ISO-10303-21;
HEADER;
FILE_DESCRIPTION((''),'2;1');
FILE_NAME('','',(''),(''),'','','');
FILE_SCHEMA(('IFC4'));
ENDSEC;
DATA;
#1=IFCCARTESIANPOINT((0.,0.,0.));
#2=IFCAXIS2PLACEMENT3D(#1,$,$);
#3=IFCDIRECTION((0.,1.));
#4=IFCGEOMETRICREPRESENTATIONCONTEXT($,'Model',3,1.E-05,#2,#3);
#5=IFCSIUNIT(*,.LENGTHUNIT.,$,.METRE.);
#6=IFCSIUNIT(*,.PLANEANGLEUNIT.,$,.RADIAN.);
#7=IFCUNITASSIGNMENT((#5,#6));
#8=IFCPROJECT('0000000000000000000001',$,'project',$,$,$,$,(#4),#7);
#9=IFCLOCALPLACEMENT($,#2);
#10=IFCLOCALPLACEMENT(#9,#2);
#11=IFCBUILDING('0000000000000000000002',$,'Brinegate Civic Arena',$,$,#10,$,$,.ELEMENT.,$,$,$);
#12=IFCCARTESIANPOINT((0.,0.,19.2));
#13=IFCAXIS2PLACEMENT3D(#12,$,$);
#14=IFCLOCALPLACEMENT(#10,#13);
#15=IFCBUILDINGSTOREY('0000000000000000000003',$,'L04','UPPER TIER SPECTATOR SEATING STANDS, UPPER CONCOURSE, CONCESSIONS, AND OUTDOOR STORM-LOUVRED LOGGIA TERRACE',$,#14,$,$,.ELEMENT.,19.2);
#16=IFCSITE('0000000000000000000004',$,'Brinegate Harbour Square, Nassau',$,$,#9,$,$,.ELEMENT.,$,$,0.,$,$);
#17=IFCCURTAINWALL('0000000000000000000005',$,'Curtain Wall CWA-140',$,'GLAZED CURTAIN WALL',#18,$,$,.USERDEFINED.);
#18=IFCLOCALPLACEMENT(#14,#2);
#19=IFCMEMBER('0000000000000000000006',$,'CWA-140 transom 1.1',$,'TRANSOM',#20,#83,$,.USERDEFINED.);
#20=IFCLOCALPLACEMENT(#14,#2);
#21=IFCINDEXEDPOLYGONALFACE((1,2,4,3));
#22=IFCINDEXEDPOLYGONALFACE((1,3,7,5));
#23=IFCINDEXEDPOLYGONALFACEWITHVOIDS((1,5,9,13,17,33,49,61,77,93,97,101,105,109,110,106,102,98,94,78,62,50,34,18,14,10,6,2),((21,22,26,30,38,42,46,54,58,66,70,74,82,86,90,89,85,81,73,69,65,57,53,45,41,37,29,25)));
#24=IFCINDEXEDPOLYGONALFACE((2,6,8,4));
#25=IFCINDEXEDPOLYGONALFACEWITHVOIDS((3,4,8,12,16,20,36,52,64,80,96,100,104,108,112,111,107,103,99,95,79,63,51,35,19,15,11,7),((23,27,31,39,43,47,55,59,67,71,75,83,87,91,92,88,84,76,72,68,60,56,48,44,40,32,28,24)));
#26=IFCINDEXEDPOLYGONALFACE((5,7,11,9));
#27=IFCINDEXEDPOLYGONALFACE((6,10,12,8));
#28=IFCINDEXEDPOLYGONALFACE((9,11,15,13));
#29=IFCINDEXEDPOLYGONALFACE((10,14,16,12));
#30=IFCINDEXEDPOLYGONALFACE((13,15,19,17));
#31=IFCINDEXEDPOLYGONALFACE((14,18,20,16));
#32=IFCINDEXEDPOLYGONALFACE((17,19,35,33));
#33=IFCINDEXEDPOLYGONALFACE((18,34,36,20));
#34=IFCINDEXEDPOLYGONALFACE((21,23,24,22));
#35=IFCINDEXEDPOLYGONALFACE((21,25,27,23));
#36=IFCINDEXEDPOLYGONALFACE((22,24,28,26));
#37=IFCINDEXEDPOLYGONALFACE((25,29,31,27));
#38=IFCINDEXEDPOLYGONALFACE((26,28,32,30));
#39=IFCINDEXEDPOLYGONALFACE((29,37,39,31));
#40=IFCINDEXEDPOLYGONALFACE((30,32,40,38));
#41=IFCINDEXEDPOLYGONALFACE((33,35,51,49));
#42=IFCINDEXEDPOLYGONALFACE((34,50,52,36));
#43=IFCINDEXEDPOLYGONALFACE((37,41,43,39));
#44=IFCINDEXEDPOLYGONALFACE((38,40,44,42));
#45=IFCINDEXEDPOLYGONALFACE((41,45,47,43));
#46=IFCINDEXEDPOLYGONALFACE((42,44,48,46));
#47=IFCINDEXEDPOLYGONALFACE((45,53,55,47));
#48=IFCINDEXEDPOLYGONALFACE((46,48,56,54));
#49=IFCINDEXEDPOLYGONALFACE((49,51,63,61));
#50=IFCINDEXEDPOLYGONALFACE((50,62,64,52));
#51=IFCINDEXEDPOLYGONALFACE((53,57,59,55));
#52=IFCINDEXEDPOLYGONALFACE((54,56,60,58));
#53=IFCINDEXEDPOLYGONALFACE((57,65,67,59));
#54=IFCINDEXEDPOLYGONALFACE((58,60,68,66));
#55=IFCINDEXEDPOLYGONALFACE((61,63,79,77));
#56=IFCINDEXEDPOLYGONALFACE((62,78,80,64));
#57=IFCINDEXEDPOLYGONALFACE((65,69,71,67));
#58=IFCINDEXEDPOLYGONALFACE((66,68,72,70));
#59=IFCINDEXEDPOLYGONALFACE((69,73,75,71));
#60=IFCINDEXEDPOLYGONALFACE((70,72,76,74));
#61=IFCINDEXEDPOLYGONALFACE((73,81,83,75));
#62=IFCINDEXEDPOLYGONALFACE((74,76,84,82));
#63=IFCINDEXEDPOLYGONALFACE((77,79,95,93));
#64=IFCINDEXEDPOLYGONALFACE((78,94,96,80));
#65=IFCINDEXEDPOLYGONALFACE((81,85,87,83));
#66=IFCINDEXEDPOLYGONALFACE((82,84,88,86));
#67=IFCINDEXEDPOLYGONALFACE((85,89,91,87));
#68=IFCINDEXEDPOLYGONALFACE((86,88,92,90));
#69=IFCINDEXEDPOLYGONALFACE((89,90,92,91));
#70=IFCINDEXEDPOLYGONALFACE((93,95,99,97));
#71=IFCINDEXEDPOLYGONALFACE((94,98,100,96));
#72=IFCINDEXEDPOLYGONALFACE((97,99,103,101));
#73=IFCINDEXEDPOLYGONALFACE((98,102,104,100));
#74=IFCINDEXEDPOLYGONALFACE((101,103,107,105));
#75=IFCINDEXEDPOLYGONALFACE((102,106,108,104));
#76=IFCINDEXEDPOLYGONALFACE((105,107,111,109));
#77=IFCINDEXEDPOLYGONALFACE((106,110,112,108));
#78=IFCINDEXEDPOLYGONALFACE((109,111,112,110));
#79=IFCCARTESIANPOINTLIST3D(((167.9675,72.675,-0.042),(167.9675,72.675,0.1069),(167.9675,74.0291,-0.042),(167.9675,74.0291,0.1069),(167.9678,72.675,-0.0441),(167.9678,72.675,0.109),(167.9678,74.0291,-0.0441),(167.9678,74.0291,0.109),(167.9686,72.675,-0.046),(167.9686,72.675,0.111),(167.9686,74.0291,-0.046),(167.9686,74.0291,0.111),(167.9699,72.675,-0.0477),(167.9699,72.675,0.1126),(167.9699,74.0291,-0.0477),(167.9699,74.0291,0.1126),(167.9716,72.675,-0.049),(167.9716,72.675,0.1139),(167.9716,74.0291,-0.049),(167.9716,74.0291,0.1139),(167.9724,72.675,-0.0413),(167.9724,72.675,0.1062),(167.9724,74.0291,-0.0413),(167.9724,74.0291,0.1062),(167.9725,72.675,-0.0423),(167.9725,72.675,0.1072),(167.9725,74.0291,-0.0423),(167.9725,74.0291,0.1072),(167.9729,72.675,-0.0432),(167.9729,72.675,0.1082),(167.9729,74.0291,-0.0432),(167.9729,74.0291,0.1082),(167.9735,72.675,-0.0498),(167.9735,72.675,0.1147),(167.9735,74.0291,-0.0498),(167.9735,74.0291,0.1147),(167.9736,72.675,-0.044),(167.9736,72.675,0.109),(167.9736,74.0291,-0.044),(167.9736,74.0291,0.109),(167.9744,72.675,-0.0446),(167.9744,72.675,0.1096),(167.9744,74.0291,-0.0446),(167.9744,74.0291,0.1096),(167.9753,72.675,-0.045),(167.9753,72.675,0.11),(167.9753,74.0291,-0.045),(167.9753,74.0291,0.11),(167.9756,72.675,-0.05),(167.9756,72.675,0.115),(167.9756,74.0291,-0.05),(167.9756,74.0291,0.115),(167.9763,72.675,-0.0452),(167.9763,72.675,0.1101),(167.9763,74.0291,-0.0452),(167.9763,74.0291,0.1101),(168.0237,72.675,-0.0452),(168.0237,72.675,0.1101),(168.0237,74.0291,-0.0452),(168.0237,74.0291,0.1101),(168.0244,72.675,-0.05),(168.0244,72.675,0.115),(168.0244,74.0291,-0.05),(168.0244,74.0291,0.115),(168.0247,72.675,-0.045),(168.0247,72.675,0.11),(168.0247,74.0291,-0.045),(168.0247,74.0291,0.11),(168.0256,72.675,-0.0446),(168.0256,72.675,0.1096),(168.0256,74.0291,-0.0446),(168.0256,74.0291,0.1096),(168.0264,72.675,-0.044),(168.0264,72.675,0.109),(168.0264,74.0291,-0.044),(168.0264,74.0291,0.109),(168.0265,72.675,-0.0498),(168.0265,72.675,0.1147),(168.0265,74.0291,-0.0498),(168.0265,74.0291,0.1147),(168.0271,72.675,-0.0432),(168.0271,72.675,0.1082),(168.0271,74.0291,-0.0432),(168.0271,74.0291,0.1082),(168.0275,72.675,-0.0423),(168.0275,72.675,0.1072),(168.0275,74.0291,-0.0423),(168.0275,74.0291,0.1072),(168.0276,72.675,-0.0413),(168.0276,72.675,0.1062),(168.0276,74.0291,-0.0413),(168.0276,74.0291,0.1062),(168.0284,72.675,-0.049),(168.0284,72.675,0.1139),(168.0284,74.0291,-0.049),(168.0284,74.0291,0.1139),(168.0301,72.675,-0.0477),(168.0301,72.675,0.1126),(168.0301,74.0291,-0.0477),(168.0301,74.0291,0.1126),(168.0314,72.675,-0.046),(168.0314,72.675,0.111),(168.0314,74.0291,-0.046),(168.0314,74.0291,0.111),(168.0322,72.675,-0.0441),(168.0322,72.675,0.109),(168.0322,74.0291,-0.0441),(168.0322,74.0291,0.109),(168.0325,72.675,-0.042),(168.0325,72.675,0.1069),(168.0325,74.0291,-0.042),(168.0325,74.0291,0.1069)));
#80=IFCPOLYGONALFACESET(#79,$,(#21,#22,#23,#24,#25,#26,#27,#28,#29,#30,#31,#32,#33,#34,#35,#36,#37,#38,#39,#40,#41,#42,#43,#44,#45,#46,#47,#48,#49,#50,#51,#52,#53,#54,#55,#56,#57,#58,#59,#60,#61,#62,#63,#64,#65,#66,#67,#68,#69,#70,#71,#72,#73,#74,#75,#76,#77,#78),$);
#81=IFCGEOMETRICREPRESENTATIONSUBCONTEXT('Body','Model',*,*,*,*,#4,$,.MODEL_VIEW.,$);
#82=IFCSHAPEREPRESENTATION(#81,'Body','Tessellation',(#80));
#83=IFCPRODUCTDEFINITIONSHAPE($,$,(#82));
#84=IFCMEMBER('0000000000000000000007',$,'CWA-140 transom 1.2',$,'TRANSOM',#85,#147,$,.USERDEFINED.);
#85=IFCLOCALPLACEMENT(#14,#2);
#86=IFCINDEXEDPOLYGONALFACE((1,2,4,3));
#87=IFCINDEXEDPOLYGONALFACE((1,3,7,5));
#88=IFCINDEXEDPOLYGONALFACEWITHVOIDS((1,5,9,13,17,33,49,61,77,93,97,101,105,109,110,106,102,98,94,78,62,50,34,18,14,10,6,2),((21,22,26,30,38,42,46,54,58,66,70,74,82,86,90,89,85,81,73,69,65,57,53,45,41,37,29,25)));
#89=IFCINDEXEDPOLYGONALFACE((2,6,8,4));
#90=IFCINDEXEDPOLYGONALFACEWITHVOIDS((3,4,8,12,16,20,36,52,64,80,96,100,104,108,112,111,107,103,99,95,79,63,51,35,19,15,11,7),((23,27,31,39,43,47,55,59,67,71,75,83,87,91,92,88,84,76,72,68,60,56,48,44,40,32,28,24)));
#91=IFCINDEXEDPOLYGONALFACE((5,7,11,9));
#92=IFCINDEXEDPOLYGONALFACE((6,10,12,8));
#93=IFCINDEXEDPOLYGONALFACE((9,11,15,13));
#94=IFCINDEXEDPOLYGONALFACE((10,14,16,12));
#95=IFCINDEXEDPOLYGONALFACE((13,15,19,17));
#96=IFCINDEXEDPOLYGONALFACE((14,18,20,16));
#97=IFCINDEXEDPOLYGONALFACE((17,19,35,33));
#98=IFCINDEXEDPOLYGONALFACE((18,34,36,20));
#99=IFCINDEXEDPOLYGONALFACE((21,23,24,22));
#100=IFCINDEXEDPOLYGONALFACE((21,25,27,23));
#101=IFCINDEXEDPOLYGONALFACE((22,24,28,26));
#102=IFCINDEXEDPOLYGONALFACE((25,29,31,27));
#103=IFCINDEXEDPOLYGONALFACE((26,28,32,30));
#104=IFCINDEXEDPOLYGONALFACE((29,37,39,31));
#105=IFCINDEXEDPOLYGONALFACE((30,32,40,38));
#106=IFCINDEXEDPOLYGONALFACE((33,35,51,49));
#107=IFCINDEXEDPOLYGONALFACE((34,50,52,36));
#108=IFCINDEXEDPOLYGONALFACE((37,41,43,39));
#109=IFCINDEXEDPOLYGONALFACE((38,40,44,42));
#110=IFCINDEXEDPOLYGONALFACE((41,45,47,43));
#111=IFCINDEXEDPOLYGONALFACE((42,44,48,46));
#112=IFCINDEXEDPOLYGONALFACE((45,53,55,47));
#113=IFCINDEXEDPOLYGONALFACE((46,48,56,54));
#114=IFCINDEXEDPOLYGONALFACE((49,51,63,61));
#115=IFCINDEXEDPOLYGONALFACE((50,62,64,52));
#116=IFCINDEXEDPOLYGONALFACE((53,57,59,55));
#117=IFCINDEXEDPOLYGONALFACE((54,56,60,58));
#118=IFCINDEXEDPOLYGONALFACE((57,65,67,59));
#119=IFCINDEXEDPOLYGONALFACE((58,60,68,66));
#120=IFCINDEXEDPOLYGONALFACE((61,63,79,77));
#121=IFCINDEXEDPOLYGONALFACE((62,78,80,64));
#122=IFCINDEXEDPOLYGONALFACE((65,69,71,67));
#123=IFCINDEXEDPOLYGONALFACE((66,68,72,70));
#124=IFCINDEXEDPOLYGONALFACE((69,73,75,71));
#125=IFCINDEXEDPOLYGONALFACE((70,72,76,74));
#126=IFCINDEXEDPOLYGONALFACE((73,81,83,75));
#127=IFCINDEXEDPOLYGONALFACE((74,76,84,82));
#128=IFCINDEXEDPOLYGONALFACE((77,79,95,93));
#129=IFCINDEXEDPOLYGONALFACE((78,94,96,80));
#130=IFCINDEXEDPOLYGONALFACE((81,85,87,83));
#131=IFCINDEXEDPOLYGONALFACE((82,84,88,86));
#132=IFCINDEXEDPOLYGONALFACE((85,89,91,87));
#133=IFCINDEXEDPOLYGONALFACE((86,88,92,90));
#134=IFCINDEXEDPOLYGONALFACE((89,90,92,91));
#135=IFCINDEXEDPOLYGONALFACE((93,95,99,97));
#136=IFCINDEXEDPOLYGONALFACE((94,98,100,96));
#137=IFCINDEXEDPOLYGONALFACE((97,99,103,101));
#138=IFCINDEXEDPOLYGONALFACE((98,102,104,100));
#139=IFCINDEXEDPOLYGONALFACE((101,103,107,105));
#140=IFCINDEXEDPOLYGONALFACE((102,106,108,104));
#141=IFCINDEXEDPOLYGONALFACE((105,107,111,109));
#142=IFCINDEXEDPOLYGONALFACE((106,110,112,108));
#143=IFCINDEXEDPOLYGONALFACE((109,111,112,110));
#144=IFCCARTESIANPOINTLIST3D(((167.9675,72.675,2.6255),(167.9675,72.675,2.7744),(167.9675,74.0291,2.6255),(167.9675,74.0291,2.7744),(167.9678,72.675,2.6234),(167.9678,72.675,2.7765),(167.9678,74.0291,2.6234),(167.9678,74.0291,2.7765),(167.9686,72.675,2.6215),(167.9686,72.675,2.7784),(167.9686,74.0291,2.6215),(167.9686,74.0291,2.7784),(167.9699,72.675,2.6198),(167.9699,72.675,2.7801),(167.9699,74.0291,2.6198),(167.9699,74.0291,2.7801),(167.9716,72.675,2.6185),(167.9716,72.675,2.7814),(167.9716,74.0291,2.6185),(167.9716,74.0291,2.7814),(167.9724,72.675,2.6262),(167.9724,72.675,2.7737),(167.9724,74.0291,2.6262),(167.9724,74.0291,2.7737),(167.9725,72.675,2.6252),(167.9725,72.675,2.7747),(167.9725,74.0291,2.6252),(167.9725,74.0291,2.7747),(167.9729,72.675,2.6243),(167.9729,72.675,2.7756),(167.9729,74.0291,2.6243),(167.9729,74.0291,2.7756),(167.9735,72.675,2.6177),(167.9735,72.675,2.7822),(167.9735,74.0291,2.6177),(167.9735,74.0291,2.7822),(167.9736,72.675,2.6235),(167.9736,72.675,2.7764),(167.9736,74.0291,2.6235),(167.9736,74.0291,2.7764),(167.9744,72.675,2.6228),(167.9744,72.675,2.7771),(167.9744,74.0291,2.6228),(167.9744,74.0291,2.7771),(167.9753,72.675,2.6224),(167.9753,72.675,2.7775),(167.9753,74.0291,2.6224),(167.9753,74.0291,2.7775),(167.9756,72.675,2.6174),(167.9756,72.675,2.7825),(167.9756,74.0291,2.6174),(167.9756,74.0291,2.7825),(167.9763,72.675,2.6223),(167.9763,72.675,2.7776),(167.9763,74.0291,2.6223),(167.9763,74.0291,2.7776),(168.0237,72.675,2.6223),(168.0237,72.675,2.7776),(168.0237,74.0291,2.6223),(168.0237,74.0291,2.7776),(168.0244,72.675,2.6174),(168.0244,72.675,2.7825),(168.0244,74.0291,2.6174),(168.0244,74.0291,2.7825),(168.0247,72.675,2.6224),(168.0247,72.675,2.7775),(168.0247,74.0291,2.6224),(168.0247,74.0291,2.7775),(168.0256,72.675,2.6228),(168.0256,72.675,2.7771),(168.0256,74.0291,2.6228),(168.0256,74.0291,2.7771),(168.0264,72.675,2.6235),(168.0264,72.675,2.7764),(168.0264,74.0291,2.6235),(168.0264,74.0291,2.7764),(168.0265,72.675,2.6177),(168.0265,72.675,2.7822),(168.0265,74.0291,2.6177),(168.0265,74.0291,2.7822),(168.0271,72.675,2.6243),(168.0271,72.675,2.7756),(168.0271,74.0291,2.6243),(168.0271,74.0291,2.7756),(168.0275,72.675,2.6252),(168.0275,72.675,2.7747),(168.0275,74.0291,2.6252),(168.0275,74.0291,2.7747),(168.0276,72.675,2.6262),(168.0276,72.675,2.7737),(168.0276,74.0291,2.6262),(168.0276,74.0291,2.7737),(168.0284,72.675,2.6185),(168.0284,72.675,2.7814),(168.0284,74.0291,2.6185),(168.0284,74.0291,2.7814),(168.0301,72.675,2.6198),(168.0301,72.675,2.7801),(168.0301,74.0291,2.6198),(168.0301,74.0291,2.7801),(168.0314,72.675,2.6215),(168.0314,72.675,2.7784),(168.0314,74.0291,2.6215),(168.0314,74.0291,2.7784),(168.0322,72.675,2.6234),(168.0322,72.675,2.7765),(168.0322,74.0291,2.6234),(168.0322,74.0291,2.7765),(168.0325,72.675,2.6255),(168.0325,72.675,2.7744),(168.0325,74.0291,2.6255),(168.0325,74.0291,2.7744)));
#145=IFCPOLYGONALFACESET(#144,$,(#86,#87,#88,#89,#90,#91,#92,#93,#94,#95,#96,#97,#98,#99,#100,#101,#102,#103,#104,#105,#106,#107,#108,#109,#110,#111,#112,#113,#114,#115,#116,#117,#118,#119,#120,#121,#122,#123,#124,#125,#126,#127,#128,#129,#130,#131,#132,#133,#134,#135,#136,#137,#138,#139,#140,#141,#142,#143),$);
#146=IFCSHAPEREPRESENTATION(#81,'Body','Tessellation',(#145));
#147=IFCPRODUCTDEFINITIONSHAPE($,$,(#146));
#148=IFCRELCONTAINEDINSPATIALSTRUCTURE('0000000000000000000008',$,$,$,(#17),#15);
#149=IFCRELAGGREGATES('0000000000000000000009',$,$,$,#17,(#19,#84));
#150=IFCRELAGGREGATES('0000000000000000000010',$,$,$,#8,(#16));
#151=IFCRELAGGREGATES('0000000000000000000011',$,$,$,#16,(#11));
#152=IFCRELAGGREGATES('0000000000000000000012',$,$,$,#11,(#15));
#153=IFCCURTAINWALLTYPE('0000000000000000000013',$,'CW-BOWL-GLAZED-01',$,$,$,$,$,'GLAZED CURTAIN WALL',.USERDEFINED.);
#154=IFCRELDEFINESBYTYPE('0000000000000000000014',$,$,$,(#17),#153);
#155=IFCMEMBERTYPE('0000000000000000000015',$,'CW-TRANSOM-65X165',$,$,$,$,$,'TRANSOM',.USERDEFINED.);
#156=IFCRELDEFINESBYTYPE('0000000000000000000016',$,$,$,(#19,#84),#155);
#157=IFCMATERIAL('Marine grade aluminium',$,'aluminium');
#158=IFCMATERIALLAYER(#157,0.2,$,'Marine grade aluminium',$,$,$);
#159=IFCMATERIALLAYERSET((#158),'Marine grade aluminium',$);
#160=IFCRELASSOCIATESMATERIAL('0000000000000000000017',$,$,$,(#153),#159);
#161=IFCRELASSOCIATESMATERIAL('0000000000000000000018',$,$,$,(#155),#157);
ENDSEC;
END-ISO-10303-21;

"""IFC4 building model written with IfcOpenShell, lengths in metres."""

from ifc_helpers import new_model, si_unit, direction, frame, origin, origin_2d, place, context, subcontext, project, spatial, hollow_rectangle, extrude, material, layer, layer_set, material_profile, profile_set, type_object, element, aggregate, save


model = new_model("IFC4")

# Units and contexts
model_context = context("Model", 3, precision=1e-05, world=origin(), true_north=direction((0.0, 1.0)))
body_context = subcontext(model_context, "Body", "Model", "MODEL_VIEW")
ifc_project = project(units=[si_unit("LENGTHUNIT", "METRE"), si_unit("PLANEANGLEUNIT", "RADIAN")], contexts=[model_context])

# Site, building, storey
site_placement = place(None, origin())
site = spatial("IfcSite", under=ifc_project, at=site_placement, Name="Brinegate Harbour Square, Nassau", CompositionType="ELEMENT", RefElevation=0.0)
building_placement = place(site_placement, origin())
building = spatial("IfcBuilding", under=site, at=building_placement, Name="Brinegate Civic Arena", CompositionType="ELEMENT")
storey_placement = place(building_placement, frame((0.0, 0.0, 19.2)))
storey = spatial("IfcBuildingStorey", under=building, at=storey_placement, Name="L04", Description="UPPER TIER SPECTATOR SEATING STANDS, UPPER CONCOURSE, CONCESSIONS, AND OUTDOOR STORM-LOUVRED LOGGIA TERRACE", CompositionType="ELEMENT", Elevation=19.2)

# Curtain wall
ifc_material_1 = material(Name="Marine grade aluminium", Category="aluminium")
ifc_layer_1 = layer(ifc_material_1, 0.2, Name="Marine grade aluminium")
ifc_layer_set_1 = layer_set([ifc_layer_1], Name="Marine grade aluminium")
curtain_wall_type = type_object("IfcCurtainWallType", Name="CW-BOWL-GLAZED-01", ElementType="GLAZED CURTAIN WALL", PredefinedType="USERDEFINED", material=ifc_layer_set_1)
curtain_wall_1_placement = place(storey_placement, origin())
curtain_wall_1 = element("IfcCurtainWall", 1, at=curtain_wall_1_placement, inside=storey, type_object=curtain_wall_type, Name="Curtain Wall CWA-140", ObjectType="GLAZED CURTAIN WALL", PredefinedType="USERDEFINED")

# Members
ifc_material_profile_1 = material_profile(ifc_material_1, hollow_rectangle(XDim=0.0649, YDim=0.165, WallThickness=0.0049, InnerFilletRadius=0.0039, OuterFilletRadius=0.0081, at=origin_2d()), Name="TRN65X165")
ifc_profile_set_1 = profile_set([ifc_material_profile_1], Name="Marine grade aluminium")
member_type_1 = type_object("IfcMemberType", Name="CW-TRANSOM-65X165", ElementType="TRANSOM", PredefinedType="USERDEFINED", material=ifc_profile_set_1)
member_1_placement = place(storey_placement, frame((168.0, 72.675, 0.0325), z_axis=(0.0, 1.0, 0.0), x_axis=(-1.0, 0.0, 0.0)))
member_1 = element("IfcMember", 2, at=member_1_placement, type_object=member_type_1, Name="CWA-140 transom 1.1", ObjectType="TRANSOM", PredefinedType="USERDEFINED", context=body_context, shape_type="SweptSolid", body=[
    extrude(hollow_rectangle(XDim=0.0649, YDim=0.165, WallThickness=0.0049, InnerFilletRadius=0.0039, OuterFilletRadius=0.0081, at=origin_2d()), origin(), (0.0, 0.0, 1.0), 1.354),
])
member_2_placement = place(storey_placement, frame((168.0, 72.675, 2.7), z_axis=(0.0, 1.0, 0.0), x_axis=(-1.0, 0.0, 0.0)))
member_2 = element("IfcMember", 3, at=member_2_placement, type_object=member_type_1, Name="CWA-140 transom 1.2", ObjectType="TRANSOM", PredefinedType="USERDEFINED", context=body_context, shape_type="SweptSolid", body=[
    extrude(hollow_rectangle(XDim=0.0649, YDim=0.165, WallThickness=0.0049, InnerFilletRadius=0.0039, OuterFilletRadius=0.0081, at=origin_2d()), origin(), (0.0, 0.0, 1.0), 1.354),
])

aggregate(curtain_wall_1, [member_1, member_2])

save(model, "model.ifc")
